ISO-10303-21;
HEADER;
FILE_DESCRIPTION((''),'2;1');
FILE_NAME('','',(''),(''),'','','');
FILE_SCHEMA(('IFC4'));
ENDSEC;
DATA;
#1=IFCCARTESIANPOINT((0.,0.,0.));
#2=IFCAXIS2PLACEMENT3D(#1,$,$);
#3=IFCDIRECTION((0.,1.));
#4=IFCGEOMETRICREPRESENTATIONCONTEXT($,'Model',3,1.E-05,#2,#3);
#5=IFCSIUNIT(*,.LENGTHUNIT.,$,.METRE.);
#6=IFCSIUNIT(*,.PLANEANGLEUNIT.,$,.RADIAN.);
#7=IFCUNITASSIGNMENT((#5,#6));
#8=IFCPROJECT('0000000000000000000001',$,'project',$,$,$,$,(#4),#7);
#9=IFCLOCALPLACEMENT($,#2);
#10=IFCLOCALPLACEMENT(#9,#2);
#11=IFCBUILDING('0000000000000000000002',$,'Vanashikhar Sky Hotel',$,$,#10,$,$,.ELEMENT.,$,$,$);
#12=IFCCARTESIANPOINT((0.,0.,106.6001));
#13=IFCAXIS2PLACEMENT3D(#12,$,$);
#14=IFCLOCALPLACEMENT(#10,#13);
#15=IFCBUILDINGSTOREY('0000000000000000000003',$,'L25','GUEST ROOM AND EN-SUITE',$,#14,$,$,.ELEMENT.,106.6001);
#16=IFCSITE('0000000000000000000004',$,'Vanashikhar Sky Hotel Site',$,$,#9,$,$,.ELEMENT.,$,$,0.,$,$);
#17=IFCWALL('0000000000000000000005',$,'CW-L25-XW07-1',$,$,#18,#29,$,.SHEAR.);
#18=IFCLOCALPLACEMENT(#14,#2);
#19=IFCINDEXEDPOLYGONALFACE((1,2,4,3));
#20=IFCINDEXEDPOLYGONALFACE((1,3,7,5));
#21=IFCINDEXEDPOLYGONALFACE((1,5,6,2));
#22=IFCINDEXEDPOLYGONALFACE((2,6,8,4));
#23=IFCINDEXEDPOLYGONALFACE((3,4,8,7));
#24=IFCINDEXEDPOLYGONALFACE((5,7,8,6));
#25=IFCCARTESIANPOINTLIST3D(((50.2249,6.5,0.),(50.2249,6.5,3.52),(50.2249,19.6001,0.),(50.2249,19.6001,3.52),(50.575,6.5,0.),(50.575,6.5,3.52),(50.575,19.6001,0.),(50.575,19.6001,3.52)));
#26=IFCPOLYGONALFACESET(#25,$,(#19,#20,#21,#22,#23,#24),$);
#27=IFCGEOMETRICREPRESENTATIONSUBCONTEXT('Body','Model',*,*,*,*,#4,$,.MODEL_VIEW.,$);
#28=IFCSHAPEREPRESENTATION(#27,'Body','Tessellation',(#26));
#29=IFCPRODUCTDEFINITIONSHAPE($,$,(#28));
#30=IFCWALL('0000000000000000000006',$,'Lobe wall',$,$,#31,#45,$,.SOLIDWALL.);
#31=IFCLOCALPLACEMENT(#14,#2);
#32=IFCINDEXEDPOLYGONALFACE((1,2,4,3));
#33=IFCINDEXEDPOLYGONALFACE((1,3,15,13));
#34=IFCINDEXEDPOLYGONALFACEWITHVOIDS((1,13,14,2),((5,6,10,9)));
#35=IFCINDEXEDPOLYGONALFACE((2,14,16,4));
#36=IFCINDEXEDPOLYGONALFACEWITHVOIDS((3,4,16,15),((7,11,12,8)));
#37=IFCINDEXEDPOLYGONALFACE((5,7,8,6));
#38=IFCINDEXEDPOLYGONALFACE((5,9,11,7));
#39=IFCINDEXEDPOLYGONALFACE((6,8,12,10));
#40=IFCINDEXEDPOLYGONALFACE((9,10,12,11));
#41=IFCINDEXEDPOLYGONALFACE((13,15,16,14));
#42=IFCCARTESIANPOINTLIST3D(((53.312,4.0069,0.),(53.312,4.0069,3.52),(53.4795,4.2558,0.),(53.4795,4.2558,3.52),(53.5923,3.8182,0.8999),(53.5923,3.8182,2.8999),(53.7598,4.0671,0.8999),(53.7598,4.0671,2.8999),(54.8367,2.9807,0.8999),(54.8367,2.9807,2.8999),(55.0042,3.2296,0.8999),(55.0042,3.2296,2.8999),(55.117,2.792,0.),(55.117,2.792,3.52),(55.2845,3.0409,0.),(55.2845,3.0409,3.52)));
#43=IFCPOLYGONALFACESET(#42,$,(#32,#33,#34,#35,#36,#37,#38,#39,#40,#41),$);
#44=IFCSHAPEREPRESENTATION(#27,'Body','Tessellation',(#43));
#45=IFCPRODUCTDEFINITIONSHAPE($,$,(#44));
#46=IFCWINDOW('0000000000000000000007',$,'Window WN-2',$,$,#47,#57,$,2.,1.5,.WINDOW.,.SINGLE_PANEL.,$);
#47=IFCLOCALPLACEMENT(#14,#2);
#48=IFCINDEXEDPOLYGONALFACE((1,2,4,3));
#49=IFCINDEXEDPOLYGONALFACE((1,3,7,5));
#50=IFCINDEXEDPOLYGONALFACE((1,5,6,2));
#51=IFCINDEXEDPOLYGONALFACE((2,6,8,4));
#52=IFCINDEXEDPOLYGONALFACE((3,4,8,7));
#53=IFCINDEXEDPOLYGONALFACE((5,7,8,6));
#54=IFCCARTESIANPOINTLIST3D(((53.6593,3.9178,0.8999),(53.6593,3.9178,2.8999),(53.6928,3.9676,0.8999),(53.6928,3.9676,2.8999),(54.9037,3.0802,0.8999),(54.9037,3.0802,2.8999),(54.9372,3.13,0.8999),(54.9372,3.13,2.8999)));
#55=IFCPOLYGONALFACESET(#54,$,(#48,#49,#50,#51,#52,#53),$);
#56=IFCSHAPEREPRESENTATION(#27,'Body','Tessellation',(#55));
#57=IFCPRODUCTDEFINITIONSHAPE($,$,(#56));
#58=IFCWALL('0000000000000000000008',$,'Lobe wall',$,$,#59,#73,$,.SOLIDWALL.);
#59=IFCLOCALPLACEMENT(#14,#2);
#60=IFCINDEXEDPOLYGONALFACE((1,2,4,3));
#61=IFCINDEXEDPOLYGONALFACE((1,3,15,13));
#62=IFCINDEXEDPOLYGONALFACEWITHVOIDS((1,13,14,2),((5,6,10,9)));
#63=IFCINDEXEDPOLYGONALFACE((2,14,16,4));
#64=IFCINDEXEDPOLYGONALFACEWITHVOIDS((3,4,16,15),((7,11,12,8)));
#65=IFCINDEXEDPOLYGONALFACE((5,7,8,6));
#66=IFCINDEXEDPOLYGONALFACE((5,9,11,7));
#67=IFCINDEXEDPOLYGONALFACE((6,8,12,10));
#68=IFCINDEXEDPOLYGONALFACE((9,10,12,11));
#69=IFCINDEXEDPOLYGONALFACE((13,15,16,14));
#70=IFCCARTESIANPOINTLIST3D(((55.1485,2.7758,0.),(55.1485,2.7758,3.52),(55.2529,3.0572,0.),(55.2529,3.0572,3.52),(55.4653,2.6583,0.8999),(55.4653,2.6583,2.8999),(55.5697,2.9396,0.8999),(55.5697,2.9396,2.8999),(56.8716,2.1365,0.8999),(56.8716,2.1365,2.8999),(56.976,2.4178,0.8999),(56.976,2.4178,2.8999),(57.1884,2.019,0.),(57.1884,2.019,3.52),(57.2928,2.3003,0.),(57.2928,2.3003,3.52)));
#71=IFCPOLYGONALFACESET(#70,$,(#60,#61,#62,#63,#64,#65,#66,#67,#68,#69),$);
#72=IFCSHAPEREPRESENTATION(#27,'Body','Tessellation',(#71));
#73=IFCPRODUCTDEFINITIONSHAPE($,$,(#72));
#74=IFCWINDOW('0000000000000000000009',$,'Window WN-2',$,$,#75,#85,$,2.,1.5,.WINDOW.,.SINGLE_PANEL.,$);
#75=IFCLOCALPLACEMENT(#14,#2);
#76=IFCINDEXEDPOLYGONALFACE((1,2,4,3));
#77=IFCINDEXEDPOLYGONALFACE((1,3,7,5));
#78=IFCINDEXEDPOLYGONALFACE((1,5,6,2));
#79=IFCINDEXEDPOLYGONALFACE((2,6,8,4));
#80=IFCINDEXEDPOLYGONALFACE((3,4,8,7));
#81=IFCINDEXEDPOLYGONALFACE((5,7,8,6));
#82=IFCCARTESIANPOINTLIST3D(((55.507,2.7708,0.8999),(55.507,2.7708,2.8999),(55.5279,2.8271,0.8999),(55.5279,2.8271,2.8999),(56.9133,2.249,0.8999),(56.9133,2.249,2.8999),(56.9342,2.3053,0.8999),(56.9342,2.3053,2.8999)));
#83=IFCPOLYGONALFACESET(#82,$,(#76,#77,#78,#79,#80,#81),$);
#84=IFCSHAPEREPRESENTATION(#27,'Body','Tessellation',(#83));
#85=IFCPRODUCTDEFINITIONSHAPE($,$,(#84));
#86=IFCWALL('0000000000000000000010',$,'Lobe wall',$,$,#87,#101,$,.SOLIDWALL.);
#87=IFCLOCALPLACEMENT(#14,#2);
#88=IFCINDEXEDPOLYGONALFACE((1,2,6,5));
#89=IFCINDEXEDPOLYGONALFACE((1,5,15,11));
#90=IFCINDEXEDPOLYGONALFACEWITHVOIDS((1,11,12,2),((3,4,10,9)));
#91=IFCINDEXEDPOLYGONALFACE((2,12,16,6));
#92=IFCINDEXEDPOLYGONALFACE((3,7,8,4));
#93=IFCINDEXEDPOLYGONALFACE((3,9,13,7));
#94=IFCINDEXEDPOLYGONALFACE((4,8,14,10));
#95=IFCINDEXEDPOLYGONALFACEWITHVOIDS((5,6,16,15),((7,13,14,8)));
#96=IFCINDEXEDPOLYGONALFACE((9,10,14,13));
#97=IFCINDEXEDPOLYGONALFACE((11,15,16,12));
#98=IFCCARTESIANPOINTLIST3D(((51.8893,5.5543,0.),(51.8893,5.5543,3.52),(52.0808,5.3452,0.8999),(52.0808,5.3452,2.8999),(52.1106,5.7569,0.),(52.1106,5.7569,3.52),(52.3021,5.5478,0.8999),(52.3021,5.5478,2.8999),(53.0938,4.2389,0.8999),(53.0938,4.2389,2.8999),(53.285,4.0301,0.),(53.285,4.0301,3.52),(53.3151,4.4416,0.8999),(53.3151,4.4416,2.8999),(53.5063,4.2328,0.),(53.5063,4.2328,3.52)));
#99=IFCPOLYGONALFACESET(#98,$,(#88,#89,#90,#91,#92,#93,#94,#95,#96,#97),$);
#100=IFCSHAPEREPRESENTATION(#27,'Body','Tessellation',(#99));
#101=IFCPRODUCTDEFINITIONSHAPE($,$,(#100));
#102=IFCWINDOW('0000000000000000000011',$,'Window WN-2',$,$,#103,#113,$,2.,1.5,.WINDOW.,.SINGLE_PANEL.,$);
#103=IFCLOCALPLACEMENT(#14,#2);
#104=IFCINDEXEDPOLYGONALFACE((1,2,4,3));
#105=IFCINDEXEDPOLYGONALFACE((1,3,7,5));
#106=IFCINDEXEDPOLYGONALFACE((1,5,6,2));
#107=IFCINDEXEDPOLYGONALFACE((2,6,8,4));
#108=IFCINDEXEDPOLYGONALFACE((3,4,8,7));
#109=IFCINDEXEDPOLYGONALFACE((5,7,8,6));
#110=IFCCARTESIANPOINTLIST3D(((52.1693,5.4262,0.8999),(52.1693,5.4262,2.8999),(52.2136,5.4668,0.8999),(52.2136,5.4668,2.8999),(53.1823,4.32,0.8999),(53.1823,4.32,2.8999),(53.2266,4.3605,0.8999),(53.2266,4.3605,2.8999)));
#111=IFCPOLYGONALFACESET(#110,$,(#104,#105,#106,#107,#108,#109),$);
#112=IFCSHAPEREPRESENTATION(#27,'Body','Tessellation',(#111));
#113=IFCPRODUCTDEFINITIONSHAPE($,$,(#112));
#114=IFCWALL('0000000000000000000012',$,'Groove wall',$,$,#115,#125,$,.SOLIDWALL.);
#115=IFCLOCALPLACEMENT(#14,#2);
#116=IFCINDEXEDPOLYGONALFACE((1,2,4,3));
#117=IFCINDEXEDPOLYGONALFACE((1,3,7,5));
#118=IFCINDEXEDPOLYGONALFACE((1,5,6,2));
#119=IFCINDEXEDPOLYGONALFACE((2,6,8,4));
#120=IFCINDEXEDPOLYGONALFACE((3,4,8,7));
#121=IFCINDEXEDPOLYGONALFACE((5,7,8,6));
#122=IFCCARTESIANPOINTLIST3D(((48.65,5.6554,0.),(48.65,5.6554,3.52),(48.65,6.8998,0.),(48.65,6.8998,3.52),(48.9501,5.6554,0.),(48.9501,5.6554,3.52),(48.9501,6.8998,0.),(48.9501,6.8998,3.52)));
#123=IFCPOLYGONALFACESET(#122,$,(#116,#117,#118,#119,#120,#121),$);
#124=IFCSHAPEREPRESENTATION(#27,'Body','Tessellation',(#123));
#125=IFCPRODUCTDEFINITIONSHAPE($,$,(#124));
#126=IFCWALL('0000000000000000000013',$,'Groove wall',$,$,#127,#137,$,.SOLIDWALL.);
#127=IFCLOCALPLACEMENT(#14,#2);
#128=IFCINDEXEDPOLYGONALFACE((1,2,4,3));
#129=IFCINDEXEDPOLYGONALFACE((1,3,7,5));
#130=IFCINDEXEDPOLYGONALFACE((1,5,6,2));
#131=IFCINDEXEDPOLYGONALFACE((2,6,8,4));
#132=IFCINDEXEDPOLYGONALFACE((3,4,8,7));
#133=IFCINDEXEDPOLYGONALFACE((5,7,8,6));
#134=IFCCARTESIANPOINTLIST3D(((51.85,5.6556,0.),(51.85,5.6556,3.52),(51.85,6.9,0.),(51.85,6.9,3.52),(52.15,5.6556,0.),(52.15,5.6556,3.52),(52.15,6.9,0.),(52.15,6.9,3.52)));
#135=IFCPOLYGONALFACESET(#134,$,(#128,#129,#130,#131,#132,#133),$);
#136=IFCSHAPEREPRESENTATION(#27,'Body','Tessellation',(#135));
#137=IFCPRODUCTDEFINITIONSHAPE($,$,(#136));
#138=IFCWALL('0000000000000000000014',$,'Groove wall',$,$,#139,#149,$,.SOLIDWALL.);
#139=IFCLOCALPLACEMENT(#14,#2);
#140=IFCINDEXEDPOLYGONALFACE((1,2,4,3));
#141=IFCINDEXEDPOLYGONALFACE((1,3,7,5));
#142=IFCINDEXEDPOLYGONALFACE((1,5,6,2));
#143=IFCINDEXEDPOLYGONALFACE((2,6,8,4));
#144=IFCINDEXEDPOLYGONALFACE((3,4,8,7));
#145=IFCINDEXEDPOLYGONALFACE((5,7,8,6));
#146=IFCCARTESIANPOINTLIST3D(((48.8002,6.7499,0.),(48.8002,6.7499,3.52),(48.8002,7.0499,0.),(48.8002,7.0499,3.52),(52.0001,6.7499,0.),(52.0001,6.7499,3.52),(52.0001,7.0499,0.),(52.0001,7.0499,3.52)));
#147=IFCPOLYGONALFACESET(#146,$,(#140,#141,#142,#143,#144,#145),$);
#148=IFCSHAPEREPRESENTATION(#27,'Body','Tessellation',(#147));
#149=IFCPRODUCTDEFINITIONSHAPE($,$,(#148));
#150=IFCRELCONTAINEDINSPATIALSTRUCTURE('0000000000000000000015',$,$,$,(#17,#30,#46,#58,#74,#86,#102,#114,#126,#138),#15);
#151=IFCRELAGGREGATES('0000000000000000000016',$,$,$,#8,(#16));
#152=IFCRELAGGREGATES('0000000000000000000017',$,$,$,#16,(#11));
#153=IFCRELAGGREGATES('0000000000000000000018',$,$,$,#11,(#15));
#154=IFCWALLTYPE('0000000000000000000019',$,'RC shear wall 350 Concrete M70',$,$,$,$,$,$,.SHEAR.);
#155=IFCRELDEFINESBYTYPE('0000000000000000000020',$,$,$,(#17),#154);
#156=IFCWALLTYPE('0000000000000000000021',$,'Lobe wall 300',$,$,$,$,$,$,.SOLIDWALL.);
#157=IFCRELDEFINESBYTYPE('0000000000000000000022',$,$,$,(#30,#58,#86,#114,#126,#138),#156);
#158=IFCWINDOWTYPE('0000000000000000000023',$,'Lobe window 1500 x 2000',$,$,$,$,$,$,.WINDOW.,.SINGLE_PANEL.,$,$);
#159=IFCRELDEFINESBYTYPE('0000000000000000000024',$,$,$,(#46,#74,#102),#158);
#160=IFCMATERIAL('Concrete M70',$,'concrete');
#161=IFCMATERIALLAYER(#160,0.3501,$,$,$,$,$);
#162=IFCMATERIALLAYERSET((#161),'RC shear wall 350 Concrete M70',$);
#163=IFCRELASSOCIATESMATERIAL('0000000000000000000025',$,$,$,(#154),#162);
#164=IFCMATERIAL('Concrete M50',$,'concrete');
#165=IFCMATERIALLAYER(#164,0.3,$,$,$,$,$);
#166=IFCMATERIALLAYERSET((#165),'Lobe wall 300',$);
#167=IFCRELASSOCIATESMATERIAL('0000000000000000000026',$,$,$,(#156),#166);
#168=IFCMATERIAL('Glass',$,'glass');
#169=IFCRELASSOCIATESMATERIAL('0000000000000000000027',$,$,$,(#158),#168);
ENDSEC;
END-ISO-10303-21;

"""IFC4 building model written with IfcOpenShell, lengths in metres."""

from ifc_helpers import new_model, si_unit, direction, frame, frame_2d, origin, place, context, subcontext, project, spatial, rectangle, extrude, source, transform, mapped, material, layer, layer_set, type_object, element, fill, save


model = new_model("IFC4")

# Units and contexts
model_context = context("Model", 3, precision=1e-05, world=origin(), true_north=direction((0.0, 1.0)))
body_context = subcontext(model_context, "Body", "Model", "MODEL_VIEW")
ifc_project = project(units=[si_unit("LENGTHUNIT", "METRE"), si_unit("PLANEANGLEUNIT", "RADIAN")], contexts=[model_context])

# Site, building, storey
site_placement = place(None, origin())
site = spatial("IfcSite", under=ifc_project, at=site_placement, Name="Vanashikhar Sky Hotel Site", CompositionType="ELEMENT", RefElevation=0.0)
building_placement = place(site_placement, origin())
building = spatial("IfcBuilding", under=site, at=building_placement, Name="Vanashikhar Sky Hotel", CompositionType="ELEMENT")
storey_placement = place(building_placement, frame((0.0, 0.0, 106.6001)))
storey = spatial("IfcBuildingStorey", under=building, at=storey_placement, Name="L25", Description="GUEST ROOM AND EN-SUITE", CompositionType="ELEMENT", Elevation=106.6001)

# Wall
ifc_material_1 = material(Name="Concrete M70", Category="concrete")
ifc_layer_1 = layer(ifc_material_1, 0.3501)
ifc_layer_set_1 = layer_set([ifc_layer_1], Name="RC shear wall 350 Concrete M70")
wall_type_1 = type_object("IfcWallType", Name="RC shear wall 350 Concrete M70", PredefinedType="SHEAR", material=ifc_layer_set_1)
shared_shape_1 = source(origin(), body_context, "Body", "SweptSolid", [
    extrude(rectangle(XDim=13.1001, YDim=0.3501, at=frame_2d((6.55, 0.0))), origin(), (0.0, 0.0, 1.0), 3.52),
])
wall_1_placement = place(storey_placement, frame((50.3999, 6.5, 0.0), z_axis=(0.0, 0.0, 1.0), x_axis=(0.0, 1.0, 0.0)))
element("IfcWall", 1, at=wall_1_placement, inside=storey, type_object=wall_type_1, Name="CW-L25-XW07-1", PredefinedType="SHEAR", context=body_context, shape_type="MappedRepresentation", body=[
    mapped(shared_shape_1, transform((0.0, 0.0, 0.0), scale=1.0)),
])

# Walls, openings, windows
ifc_material_2 = material(Name="Concrete M50", Category="concrete")
ifc_layer_2 = layer(ifc_material_2, 0.3)
ifc_layer_set_2 = layer_set([ifc_layer_2], Name="Lobe wall 300")
wall_type_2 = type_object("IfcWallType", Name="Lobe wall 300", PredefinedType="SOLIDWALL", material=ifc_layer_set_2)
shared_shape_2 = source(origin(), body_context, "Body", "SweptSolid", [
    extrude(rectangle(XDim=2.1758, YDim=0.3, at=frame_2d((1.0879, 0.0))), origin(), (0.0, 0.0, 1.0), 3.52),
])
wall_2_placement = place(storey_placement, frame((53.3958, 4.1313, 0.0), z_axis=(0.0, 0.0, 1.0), x_axis=(0.829591, -0.558372, 0.0)))
wall_2 = element("IfcWall", 2, at=wall_2_placement, inside=storey, type_object=wall_type_2, Name="Lobe wall", PredefinedType="SOLIDWALL", context=body_context, shape_type="MappedRepresentation", body=[
    mapped(shared_shape_2, transform((0.0, 0.0, 0.0), scale=1.0)),
])
shared_shape_3 = source(origin(), body_context, "Body", "SweptSolid", [
    extrude(rectangle(XDim=1.5, YDim=2.0, at=frame_2d((0.75, 1.0))), frame((0.0, 0.1602, 0.0), z_axis=(0.0, -1.0, 0.0), x_axis=(1.0, 0.0, 0.0)), (0.0, 0.0, 1.0), 0.3201),
])
opening_1_placement = place(wall_2_placement, frame((0.3379, 0.0, 0.8999)))
opening_1 = element("IfcOpeningElement", 3, at=opening_1_placement, cuts=wall_2, PredefinedType="OPENING", context=body_context, shape_type="MappedRepresentation", body=[
    mapped(shared_shape_3, transform((0.0, 0.0, 0.0), scale=1.0)),
])
ifc_material_3 = material(Name="Glass", Category="glass")
window_type = type_object("IfcWindowType", Name="Lobe window 1500 x 2000", PartitioningType="SINGLE_PANEL", PredefinedType="WINDOW", material=ifc_material_3)
shared_shape_4 = source(origin(), body_context, "Body", "SweptSolid", [
    extrude(rectangle(XDim=1.5, YDim=2.0, at=frame_2d((0.75, 1.0))), frame((0.0, 0.03, 0.0), z_axis=(0.0, -1.0, 0.0), x_axis=(1.0, 0.0, 0.0)), (0.0, 0.0, 1.0), 0.0601),
])
window_1_placement = place(opening_1_placement, origin())
window_1 = element("IfcWindow", 4, at=window_1_placement, inside=storey, type_object=window_type, Name="Window WN-2", OverallHeight=2.0, OverallWidth=1.5, PartitioningType="SINGLE_PANEL", PredefinedType="WINDOW", context=body_context, shape_type="MappedRepresentation", body=[
    mapped(shared_shape_4, transform((0.0, 0.0, 0.0), scale=1.0)),
])
fill(opening_1, window_1)
wall_3_placement = place(storey_placement, frame((55.2007, 2.9165, 0.0), z_axis=(0.0, 0.0, 1.0), x_axis=(0.937546, -0.347863, 0.0)))
wall_3 = element("IfcWall", 5, at=wall_3_placement, inside=storey, type_object=wall_type_2, Name="Lobe wall", PredefinedType="SOLIDWALL", context=body_context, shape_type="MappedRepresentation", body=[
    mapped(shared_shape_2, transform((0.0, 0.0, 0.0), scale=1.0)),
])
opening_2_placement = place(wall_3_placement, frame((0.3379, 0.0, 0.8999)))
opening_2 = element("IfcOpeningElement", 6, at=opening_2_placement, cuts=wall_3, PredefinedType="OPENING", context=body_context, shape_type="MappedRepresentation", body=[
    mapped(shared_shape_3, transform((0.0, 0.0, 0.0), scale=1.0)),
])
window_2_placement = place(opening_2_placement, origin())
window_2 = element("IfcWindow", 7, at=window_2_placement, inside=storey, type_object=window_type, Name="Window WN-2", OverallHeight=2.0, OverallWidth=1.5, PartitioningType="SINGLE_PANEL", PredefinedType="WINDOW", context=body_context, shape_type="MappedRepresentation", body=[
    mapped(shared_shape_4, transform((0.0, 0.0, 0.0), scale=1.0)),
])
fill(opening_2, window_2)
shared_shape_5 = source(origin(), body_context, "Body", "SweptSolid", [
    extrude(rectangle(XDim=2.0667, YDim=0.3, at=frame_2d((1.0332, 0.0))), origin(), (0.0, 0.0, 1.0), 3.52),
])
wall_4_placement = place(storey_placement, frame((52.0, 5.6555, 0.0), z_axis=(0.0, 0.0, 1.0), x_axis=(0.675355, -0.737492, 0.0)))
wall_4 = element("IfcWall", 8, at=wall_4_placement, inside=storey, type_object=wall_type_2, Name="Lobe wall", PredefinedType="SOLIDWALL", context=body_context, shape_type="MappedRepresentation", body=[
    mapped(shared_shape_5, transform((0.0, 0.0, 0.0), scale=1.0)),
])
opening_3_placement = place(wall_4_placement, frame((0.2834, 0.0, 0.8999)))
opening_3 = element("IfcOpeningElement", 9, at=opening_3_placement, cuts=wall_4, PredefinedType="OPENING", context=body_context, shape_type="MappedRepresentation", body=[
    mapped(shared_shape_3, transform((0.0, 0.0, 0.0), scale=1.0)),
])
window_3_placement = place(opening_3_placement, origin())
window_3 = element("IfcWindow", 10, at=window_3_placement, inside=storey, type_object=window_type, Name="Window WN-2", OverallHeight=2.0, OverallWidth=1.5, PartitioningType="SINGLE_PANEL", PredefinedType="WINDOW", context=body_context, shape_type="MappedRepresentation", body=[
    mapped(shared_shape_4, transform((0.0, 0.0, 0.0), scale=1.0)),
])
fill(opening_3, window_3)

# Walls
shared_shape_6 = source(origin(), body_context, "Body", "SweptSolid", [
    extrude(rectangle(XDim=1.2444, YDim=0.3, at=frame_2d((0.6221, 0.0))), origin(), (0.0, 0.0, 1.0), 3.52),
])
for number, where, z_axis, x_axis, name in (
    (11, (48.8, 5.6555, 0.0), (0.0, 0.0, 1.0), (0.0, 1.0, 0.0), "Groove wall"),
    (12, (52.0, 6.8999, 0.0), (0.0, 0.0, 1.0), (0.0, -1.0, 0.0), "Groove wall"),
):
    element("IfcWall", number, at=place(storey_placement, frame(where, z_axis=z_axis, x_axis=x_axis)), inside=storey, type_object=wall_type_2, Name=name, PredefinedType="SOLIDWALL", context=body_context, shape_type="MappedRepresentation", body=[
        mapped(shared_shape_6, transform((0.0, 0.0, 0.0), scale=1.0)),
    ])
shared_shape_7 = source(origin(), body_context, "Body", "SweptSolid", [
    extrude(rectangle(XDim=3.2, YDim=0.3, at=frame_2d((1.6001, 0.0))), origin(), (0.0, 0.0, 1.0), 3.52),
])
wall_5_placement = place(storey_placement, frame((48.8, 6.8999, 0.0), z_axis=(0.0, 0.0, 1.0), x_axis=(1.0, 0.0, 0.0)))
element("IfcWall", 13, at=wall_5_placement, inside=storey, type_object=wall_type_2, Name="Groove wall", PredefinedType="SOLIDWALL", context=body_context, shape_type="MappedRepresentation", body=[
    mapped(shared_shape_7, transform((0.0, 0.0, 0.0), scale=1.0)),
])

save(model, "model.ifc")
